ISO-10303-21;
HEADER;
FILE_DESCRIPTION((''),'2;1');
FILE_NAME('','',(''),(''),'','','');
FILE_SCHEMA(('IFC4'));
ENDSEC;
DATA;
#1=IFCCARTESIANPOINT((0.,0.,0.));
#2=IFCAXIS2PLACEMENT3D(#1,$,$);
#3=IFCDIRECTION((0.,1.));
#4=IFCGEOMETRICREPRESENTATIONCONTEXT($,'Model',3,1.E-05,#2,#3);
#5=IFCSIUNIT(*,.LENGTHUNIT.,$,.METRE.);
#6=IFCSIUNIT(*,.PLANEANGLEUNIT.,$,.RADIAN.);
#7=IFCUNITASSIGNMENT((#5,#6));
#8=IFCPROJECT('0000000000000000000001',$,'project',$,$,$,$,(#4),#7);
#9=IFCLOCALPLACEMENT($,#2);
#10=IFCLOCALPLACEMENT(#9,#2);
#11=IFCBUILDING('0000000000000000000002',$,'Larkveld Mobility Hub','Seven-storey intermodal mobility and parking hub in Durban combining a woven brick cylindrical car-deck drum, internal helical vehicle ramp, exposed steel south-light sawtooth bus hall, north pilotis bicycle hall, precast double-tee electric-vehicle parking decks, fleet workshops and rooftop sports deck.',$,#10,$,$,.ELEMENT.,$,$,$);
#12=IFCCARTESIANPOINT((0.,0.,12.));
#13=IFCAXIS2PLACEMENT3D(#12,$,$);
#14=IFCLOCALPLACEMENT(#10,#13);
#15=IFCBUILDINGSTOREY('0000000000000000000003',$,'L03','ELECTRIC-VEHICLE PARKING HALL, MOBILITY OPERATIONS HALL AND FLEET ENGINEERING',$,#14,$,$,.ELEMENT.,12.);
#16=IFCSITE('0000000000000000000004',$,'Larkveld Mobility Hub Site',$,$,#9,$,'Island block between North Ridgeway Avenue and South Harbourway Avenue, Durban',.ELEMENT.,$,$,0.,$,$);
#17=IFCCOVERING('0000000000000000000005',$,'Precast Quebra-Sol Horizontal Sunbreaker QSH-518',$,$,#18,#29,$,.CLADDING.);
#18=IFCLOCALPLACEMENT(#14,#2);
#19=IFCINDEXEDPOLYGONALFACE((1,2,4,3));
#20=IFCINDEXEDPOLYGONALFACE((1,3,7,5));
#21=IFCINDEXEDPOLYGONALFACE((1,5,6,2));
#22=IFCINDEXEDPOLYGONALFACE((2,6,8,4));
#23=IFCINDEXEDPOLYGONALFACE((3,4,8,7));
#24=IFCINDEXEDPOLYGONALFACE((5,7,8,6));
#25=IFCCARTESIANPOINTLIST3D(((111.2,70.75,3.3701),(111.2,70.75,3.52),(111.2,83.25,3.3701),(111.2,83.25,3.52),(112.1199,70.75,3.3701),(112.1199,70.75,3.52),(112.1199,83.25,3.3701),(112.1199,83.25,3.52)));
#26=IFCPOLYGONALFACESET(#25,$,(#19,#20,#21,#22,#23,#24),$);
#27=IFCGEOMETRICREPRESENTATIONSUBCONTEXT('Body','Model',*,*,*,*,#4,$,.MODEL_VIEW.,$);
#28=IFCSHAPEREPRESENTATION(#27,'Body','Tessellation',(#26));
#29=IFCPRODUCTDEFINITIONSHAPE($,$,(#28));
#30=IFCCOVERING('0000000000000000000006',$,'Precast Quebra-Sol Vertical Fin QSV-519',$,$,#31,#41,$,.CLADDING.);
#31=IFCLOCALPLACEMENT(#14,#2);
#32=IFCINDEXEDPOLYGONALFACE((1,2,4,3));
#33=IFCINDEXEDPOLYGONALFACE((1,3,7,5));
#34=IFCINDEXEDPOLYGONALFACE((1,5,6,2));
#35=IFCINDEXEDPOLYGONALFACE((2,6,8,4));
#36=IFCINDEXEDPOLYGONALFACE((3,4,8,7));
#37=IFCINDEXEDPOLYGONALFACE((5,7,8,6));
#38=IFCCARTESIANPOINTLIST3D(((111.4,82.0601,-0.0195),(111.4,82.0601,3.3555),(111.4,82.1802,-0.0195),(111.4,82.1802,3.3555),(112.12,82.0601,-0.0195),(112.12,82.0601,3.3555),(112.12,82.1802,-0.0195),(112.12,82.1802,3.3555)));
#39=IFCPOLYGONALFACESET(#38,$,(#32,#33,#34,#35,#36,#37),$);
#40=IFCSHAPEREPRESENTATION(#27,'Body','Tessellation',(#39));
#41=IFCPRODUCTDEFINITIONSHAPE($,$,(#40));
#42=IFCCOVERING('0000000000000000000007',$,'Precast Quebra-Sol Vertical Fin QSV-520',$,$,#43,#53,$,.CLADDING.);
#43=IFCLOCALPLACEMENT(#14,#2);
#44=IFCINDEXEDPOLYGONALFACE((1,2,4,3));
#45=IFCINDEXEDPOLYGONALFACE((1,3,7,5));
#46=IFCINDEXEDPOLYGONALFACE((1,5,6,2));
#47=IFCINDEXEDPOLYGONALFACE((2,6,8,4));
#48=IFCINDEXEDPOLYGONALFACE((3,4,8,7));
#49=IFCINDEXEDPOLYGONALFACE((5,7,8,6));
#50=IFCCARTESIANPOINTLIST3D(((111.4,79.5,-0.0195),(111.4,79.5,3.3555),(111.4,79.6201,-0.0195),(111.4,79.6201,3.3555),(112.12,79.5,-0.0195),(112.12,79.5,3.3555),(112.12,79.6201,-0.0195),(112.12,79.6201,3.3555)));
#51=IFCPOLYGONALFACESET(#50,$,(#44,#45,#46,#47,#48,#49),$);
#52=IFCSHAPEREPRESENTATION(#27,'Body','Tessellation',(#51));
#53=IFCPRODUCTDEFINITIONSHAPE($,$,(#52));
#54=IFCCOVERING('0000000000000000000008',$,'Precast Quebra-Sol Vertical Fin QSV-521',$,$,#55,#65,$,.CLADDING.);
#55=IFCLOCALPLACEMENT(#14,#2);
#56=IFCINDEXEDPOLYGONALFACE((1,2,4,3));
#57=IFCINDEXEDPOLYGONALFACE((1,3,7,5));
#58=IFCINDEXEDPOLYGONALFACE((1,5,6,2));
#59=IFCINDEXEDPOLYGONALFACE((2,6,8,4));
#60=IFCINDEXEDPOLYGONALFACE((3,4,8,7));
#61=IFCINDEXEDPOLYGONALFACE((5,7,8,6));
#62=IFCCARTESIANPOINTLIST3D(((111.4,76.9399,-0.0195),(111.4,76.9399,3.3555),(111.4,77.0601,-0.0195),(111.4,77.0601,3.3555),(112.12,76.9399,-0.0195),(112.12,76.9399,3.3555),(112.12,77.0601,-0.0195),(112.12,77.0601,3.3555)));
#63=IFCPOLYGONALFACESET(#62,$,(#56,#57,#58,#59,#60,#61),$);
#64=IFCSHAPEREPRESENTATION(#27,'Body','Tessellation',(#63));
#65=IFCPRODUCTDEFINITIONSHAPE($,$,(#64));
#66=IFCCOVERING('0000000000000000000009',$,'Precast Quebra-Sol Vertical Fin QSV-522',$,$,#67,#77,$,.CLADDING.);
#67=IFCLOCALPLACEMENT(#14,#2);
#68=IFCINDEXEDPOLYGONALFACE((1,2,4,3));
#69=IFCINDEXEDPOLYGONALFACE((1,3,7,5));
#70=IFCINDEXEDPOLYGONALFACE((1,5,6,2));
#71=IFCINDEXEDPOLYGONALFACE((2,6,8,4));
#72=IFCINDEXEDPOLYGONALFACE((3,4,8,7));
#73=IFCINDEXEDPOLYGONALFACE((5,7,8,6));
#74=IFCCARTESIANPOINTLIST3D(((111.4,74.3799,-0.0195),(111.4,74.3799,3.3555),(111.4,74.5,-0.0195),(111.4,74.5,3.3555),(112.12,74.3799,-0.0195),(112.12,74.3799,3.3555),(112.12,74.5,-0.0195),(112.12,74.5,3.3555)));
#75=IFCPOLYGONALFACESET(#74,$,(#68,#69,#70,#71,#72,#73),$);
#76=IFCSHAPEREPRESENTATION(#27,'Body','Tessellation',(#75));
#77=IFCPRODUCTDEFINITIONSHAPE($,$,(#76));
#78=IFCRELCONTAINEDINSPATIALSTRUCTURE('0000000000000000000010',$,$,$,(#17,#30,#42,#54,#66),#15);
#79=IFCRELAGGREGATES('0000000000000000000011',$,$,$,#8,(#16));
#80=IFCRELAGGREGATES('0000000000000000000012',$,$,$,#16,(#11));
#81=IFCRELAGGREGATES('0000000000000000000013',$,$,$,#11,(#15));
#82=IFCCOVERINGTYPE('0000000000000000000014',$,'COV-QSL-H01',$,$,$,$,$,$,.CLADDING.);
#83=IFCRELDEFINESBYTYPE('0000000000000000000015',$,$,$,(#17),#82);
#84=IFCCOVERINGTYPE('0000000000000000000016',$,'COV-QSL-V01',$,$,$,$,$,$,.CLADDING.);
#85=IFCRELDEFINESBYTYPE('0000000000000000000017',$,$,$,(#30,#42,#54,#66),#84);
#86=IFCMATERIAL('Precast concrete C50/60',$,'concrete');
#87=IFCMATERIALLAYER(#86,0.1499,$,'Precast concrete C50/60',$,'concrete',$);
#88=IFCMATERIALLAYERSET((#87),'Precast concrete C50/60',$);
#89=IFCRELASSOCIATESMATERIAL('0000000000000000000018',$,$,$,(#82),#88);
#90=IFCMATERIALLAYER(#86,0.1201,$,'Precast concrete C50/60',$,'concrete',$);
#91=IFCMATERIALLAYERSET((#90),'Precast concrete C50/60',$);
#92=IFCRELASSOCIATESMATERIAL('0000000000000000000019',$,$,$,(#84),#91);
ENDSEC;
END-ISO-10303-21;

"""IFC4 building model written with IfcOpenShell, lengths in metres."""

from ifc_helpers import new_model, si_unit, direction, frame, origin, origin_2d, place, context, subcontext, project, spatial, rectangle, extrude, material, layer, layer_set, type_object, element, save


model = new_model("IFC4")

# Units and contexts
model_context = context("Model", 3, precision=1e-05, world=origin(), true_north=direction((0.0, 1.0)))
body_context = subcontext(model_context, "Body", "Model", "MODEL_VIEW")
ifc_project = project(units=[si_unit("LENGTHUNIT", "METRE"), si_unit("PLANEANGLEUNIT", "RADIAN")], contexts=[model_context])

# Site, building, storey
site_placement = place(None, origin())
site = spatial("IfcSite", under=ifc_project, at=site_placement, Name="Larkveld Mobility Hub Site", LongName="Island block between North Ridgeway Avenue and South Harbourway Avenue, Durban", CompositionType="ELEMENT", RefElevation=0.0)
building_placement = place(site_placement, origin())
building = spatial("IfcBuilding", under=site, at=building_placement, Name="Larkveld Mobility Hub", Description="Seven-storey intermodal mobility and parking hub in Durban combining a woven brick cylindrical car-deck drum, internal helical vehicle ramp, exposed steel south-light sawtooth bus hall, north pilotis bicycle hall, precast double-tee electric-vehicle parking decks, fleet workshops and rooftop sports deck.", CompositionType="ELEMENT")
storey_placement = place(building_placement, frame((0.0, 0.0, 12.0)))
storey = spatial("IfcBuildingStorey", under=building, at=storey_placement, Name="L03", Description="ELECTRIC-VEHICLE PARKING HALL, MOBILITY OPERATIONS HALL AND FLEET ENGINEERING", CompositionType="ELEMENT", Elevation=12.0)

# Shared definitions
ifc_material_1 = material(Name="Precast concrete C50/60", Category="concrete")

# Coverings
ifc_layer_1 = layer(ifc_material_1, 0.1499, Name="Precast concrete C50/60", Category="concrete")
ifc_layer_set_1 = layer_set([ifc_layer_1], Name="Precast concrete C50/60")
covering_type_1 = type_object("IfcCoveringType", Name="COV-QSL-H01", PredefinedType="CLADDING", material=ifc_layer_set_1)
covering_placement = place(storey_placement, frame((111.6599, 77.0, 3.3701), z_axis=(0.0, 0.0, 1.0), x_axis=(0.0, -1.0, 0.0)))
element("IfcCovering", 1, at=covering_placement, inside=storey, type_object=covering_type_1, Name="Precast Quebra-Sol Horizontal Sunbreaker QSH-518", PredefinedType="CLADDING", context=body_context, shape_type="SweptSolid", body=[
    extrude(rectangle(XDim=12.5, YDim=0.9199, at=origin_2d()), origin(), (0.0, 0.0, 1.0), 0.1499),
])
ifc_layer_2 = layer(ifc_material_1, 0.1201, Name="Precast concrete C50/60", Category="concrete")
ifc_layer_set_2 = layer_set([ifc_layer_2], Name="Precast concrete C50/60")
covering_type_2 = type_object("IfcCoveringType", Name="COV-QSL-V01", PredefinedType="CLADDING", material=ifc_layer_set_2)
for number, where, z_axis, x_axis, name in (
    (2, (111.76, 82.1201, -0.0195), (0.0, 0.0, 1.0), (0.0, -1.0, 0.0), "Precast Quebra-Sol Vertical Fin QSV-519"),
    (3, (111.76, 79.5601, -0.0195), (0.0, 0.0, 1.0), (0.0, -1.0, 0.0), "Precast Quebra-Sol Vertical Fin QSV-520"),
    (4, (111.76, 77.0, -0.0195), (0.0, 0.0, 1.0), (0.0, -1.0, 0.0), "Precast Quebra-Sol Vertical Fin QSV-521"),
    (5, (111.76, 74.4399, -0.0195), (0.0, 0.0, 1.0), (0.0, -1.0, 0.0), "Precast Quebra-Sol Vertical Fin QSV-522"),
):
    element("IfcCovering", number, at=place(storey_placement, frame(where, z_axis=z_axis, x_axis=x_axis)), inside=storey, type_object=covering_type_2, Name=name, PredefinedType="CLADDING", context=body_context, shape_type="SweptSolid", body=[
        extrude(rectangle(XDim=0.1201, YDim=0.72, at=origin_2d()), origin(), (0.0, 0.0, 1.0), 3.375),
    ])

save(model, "model.ifc")
